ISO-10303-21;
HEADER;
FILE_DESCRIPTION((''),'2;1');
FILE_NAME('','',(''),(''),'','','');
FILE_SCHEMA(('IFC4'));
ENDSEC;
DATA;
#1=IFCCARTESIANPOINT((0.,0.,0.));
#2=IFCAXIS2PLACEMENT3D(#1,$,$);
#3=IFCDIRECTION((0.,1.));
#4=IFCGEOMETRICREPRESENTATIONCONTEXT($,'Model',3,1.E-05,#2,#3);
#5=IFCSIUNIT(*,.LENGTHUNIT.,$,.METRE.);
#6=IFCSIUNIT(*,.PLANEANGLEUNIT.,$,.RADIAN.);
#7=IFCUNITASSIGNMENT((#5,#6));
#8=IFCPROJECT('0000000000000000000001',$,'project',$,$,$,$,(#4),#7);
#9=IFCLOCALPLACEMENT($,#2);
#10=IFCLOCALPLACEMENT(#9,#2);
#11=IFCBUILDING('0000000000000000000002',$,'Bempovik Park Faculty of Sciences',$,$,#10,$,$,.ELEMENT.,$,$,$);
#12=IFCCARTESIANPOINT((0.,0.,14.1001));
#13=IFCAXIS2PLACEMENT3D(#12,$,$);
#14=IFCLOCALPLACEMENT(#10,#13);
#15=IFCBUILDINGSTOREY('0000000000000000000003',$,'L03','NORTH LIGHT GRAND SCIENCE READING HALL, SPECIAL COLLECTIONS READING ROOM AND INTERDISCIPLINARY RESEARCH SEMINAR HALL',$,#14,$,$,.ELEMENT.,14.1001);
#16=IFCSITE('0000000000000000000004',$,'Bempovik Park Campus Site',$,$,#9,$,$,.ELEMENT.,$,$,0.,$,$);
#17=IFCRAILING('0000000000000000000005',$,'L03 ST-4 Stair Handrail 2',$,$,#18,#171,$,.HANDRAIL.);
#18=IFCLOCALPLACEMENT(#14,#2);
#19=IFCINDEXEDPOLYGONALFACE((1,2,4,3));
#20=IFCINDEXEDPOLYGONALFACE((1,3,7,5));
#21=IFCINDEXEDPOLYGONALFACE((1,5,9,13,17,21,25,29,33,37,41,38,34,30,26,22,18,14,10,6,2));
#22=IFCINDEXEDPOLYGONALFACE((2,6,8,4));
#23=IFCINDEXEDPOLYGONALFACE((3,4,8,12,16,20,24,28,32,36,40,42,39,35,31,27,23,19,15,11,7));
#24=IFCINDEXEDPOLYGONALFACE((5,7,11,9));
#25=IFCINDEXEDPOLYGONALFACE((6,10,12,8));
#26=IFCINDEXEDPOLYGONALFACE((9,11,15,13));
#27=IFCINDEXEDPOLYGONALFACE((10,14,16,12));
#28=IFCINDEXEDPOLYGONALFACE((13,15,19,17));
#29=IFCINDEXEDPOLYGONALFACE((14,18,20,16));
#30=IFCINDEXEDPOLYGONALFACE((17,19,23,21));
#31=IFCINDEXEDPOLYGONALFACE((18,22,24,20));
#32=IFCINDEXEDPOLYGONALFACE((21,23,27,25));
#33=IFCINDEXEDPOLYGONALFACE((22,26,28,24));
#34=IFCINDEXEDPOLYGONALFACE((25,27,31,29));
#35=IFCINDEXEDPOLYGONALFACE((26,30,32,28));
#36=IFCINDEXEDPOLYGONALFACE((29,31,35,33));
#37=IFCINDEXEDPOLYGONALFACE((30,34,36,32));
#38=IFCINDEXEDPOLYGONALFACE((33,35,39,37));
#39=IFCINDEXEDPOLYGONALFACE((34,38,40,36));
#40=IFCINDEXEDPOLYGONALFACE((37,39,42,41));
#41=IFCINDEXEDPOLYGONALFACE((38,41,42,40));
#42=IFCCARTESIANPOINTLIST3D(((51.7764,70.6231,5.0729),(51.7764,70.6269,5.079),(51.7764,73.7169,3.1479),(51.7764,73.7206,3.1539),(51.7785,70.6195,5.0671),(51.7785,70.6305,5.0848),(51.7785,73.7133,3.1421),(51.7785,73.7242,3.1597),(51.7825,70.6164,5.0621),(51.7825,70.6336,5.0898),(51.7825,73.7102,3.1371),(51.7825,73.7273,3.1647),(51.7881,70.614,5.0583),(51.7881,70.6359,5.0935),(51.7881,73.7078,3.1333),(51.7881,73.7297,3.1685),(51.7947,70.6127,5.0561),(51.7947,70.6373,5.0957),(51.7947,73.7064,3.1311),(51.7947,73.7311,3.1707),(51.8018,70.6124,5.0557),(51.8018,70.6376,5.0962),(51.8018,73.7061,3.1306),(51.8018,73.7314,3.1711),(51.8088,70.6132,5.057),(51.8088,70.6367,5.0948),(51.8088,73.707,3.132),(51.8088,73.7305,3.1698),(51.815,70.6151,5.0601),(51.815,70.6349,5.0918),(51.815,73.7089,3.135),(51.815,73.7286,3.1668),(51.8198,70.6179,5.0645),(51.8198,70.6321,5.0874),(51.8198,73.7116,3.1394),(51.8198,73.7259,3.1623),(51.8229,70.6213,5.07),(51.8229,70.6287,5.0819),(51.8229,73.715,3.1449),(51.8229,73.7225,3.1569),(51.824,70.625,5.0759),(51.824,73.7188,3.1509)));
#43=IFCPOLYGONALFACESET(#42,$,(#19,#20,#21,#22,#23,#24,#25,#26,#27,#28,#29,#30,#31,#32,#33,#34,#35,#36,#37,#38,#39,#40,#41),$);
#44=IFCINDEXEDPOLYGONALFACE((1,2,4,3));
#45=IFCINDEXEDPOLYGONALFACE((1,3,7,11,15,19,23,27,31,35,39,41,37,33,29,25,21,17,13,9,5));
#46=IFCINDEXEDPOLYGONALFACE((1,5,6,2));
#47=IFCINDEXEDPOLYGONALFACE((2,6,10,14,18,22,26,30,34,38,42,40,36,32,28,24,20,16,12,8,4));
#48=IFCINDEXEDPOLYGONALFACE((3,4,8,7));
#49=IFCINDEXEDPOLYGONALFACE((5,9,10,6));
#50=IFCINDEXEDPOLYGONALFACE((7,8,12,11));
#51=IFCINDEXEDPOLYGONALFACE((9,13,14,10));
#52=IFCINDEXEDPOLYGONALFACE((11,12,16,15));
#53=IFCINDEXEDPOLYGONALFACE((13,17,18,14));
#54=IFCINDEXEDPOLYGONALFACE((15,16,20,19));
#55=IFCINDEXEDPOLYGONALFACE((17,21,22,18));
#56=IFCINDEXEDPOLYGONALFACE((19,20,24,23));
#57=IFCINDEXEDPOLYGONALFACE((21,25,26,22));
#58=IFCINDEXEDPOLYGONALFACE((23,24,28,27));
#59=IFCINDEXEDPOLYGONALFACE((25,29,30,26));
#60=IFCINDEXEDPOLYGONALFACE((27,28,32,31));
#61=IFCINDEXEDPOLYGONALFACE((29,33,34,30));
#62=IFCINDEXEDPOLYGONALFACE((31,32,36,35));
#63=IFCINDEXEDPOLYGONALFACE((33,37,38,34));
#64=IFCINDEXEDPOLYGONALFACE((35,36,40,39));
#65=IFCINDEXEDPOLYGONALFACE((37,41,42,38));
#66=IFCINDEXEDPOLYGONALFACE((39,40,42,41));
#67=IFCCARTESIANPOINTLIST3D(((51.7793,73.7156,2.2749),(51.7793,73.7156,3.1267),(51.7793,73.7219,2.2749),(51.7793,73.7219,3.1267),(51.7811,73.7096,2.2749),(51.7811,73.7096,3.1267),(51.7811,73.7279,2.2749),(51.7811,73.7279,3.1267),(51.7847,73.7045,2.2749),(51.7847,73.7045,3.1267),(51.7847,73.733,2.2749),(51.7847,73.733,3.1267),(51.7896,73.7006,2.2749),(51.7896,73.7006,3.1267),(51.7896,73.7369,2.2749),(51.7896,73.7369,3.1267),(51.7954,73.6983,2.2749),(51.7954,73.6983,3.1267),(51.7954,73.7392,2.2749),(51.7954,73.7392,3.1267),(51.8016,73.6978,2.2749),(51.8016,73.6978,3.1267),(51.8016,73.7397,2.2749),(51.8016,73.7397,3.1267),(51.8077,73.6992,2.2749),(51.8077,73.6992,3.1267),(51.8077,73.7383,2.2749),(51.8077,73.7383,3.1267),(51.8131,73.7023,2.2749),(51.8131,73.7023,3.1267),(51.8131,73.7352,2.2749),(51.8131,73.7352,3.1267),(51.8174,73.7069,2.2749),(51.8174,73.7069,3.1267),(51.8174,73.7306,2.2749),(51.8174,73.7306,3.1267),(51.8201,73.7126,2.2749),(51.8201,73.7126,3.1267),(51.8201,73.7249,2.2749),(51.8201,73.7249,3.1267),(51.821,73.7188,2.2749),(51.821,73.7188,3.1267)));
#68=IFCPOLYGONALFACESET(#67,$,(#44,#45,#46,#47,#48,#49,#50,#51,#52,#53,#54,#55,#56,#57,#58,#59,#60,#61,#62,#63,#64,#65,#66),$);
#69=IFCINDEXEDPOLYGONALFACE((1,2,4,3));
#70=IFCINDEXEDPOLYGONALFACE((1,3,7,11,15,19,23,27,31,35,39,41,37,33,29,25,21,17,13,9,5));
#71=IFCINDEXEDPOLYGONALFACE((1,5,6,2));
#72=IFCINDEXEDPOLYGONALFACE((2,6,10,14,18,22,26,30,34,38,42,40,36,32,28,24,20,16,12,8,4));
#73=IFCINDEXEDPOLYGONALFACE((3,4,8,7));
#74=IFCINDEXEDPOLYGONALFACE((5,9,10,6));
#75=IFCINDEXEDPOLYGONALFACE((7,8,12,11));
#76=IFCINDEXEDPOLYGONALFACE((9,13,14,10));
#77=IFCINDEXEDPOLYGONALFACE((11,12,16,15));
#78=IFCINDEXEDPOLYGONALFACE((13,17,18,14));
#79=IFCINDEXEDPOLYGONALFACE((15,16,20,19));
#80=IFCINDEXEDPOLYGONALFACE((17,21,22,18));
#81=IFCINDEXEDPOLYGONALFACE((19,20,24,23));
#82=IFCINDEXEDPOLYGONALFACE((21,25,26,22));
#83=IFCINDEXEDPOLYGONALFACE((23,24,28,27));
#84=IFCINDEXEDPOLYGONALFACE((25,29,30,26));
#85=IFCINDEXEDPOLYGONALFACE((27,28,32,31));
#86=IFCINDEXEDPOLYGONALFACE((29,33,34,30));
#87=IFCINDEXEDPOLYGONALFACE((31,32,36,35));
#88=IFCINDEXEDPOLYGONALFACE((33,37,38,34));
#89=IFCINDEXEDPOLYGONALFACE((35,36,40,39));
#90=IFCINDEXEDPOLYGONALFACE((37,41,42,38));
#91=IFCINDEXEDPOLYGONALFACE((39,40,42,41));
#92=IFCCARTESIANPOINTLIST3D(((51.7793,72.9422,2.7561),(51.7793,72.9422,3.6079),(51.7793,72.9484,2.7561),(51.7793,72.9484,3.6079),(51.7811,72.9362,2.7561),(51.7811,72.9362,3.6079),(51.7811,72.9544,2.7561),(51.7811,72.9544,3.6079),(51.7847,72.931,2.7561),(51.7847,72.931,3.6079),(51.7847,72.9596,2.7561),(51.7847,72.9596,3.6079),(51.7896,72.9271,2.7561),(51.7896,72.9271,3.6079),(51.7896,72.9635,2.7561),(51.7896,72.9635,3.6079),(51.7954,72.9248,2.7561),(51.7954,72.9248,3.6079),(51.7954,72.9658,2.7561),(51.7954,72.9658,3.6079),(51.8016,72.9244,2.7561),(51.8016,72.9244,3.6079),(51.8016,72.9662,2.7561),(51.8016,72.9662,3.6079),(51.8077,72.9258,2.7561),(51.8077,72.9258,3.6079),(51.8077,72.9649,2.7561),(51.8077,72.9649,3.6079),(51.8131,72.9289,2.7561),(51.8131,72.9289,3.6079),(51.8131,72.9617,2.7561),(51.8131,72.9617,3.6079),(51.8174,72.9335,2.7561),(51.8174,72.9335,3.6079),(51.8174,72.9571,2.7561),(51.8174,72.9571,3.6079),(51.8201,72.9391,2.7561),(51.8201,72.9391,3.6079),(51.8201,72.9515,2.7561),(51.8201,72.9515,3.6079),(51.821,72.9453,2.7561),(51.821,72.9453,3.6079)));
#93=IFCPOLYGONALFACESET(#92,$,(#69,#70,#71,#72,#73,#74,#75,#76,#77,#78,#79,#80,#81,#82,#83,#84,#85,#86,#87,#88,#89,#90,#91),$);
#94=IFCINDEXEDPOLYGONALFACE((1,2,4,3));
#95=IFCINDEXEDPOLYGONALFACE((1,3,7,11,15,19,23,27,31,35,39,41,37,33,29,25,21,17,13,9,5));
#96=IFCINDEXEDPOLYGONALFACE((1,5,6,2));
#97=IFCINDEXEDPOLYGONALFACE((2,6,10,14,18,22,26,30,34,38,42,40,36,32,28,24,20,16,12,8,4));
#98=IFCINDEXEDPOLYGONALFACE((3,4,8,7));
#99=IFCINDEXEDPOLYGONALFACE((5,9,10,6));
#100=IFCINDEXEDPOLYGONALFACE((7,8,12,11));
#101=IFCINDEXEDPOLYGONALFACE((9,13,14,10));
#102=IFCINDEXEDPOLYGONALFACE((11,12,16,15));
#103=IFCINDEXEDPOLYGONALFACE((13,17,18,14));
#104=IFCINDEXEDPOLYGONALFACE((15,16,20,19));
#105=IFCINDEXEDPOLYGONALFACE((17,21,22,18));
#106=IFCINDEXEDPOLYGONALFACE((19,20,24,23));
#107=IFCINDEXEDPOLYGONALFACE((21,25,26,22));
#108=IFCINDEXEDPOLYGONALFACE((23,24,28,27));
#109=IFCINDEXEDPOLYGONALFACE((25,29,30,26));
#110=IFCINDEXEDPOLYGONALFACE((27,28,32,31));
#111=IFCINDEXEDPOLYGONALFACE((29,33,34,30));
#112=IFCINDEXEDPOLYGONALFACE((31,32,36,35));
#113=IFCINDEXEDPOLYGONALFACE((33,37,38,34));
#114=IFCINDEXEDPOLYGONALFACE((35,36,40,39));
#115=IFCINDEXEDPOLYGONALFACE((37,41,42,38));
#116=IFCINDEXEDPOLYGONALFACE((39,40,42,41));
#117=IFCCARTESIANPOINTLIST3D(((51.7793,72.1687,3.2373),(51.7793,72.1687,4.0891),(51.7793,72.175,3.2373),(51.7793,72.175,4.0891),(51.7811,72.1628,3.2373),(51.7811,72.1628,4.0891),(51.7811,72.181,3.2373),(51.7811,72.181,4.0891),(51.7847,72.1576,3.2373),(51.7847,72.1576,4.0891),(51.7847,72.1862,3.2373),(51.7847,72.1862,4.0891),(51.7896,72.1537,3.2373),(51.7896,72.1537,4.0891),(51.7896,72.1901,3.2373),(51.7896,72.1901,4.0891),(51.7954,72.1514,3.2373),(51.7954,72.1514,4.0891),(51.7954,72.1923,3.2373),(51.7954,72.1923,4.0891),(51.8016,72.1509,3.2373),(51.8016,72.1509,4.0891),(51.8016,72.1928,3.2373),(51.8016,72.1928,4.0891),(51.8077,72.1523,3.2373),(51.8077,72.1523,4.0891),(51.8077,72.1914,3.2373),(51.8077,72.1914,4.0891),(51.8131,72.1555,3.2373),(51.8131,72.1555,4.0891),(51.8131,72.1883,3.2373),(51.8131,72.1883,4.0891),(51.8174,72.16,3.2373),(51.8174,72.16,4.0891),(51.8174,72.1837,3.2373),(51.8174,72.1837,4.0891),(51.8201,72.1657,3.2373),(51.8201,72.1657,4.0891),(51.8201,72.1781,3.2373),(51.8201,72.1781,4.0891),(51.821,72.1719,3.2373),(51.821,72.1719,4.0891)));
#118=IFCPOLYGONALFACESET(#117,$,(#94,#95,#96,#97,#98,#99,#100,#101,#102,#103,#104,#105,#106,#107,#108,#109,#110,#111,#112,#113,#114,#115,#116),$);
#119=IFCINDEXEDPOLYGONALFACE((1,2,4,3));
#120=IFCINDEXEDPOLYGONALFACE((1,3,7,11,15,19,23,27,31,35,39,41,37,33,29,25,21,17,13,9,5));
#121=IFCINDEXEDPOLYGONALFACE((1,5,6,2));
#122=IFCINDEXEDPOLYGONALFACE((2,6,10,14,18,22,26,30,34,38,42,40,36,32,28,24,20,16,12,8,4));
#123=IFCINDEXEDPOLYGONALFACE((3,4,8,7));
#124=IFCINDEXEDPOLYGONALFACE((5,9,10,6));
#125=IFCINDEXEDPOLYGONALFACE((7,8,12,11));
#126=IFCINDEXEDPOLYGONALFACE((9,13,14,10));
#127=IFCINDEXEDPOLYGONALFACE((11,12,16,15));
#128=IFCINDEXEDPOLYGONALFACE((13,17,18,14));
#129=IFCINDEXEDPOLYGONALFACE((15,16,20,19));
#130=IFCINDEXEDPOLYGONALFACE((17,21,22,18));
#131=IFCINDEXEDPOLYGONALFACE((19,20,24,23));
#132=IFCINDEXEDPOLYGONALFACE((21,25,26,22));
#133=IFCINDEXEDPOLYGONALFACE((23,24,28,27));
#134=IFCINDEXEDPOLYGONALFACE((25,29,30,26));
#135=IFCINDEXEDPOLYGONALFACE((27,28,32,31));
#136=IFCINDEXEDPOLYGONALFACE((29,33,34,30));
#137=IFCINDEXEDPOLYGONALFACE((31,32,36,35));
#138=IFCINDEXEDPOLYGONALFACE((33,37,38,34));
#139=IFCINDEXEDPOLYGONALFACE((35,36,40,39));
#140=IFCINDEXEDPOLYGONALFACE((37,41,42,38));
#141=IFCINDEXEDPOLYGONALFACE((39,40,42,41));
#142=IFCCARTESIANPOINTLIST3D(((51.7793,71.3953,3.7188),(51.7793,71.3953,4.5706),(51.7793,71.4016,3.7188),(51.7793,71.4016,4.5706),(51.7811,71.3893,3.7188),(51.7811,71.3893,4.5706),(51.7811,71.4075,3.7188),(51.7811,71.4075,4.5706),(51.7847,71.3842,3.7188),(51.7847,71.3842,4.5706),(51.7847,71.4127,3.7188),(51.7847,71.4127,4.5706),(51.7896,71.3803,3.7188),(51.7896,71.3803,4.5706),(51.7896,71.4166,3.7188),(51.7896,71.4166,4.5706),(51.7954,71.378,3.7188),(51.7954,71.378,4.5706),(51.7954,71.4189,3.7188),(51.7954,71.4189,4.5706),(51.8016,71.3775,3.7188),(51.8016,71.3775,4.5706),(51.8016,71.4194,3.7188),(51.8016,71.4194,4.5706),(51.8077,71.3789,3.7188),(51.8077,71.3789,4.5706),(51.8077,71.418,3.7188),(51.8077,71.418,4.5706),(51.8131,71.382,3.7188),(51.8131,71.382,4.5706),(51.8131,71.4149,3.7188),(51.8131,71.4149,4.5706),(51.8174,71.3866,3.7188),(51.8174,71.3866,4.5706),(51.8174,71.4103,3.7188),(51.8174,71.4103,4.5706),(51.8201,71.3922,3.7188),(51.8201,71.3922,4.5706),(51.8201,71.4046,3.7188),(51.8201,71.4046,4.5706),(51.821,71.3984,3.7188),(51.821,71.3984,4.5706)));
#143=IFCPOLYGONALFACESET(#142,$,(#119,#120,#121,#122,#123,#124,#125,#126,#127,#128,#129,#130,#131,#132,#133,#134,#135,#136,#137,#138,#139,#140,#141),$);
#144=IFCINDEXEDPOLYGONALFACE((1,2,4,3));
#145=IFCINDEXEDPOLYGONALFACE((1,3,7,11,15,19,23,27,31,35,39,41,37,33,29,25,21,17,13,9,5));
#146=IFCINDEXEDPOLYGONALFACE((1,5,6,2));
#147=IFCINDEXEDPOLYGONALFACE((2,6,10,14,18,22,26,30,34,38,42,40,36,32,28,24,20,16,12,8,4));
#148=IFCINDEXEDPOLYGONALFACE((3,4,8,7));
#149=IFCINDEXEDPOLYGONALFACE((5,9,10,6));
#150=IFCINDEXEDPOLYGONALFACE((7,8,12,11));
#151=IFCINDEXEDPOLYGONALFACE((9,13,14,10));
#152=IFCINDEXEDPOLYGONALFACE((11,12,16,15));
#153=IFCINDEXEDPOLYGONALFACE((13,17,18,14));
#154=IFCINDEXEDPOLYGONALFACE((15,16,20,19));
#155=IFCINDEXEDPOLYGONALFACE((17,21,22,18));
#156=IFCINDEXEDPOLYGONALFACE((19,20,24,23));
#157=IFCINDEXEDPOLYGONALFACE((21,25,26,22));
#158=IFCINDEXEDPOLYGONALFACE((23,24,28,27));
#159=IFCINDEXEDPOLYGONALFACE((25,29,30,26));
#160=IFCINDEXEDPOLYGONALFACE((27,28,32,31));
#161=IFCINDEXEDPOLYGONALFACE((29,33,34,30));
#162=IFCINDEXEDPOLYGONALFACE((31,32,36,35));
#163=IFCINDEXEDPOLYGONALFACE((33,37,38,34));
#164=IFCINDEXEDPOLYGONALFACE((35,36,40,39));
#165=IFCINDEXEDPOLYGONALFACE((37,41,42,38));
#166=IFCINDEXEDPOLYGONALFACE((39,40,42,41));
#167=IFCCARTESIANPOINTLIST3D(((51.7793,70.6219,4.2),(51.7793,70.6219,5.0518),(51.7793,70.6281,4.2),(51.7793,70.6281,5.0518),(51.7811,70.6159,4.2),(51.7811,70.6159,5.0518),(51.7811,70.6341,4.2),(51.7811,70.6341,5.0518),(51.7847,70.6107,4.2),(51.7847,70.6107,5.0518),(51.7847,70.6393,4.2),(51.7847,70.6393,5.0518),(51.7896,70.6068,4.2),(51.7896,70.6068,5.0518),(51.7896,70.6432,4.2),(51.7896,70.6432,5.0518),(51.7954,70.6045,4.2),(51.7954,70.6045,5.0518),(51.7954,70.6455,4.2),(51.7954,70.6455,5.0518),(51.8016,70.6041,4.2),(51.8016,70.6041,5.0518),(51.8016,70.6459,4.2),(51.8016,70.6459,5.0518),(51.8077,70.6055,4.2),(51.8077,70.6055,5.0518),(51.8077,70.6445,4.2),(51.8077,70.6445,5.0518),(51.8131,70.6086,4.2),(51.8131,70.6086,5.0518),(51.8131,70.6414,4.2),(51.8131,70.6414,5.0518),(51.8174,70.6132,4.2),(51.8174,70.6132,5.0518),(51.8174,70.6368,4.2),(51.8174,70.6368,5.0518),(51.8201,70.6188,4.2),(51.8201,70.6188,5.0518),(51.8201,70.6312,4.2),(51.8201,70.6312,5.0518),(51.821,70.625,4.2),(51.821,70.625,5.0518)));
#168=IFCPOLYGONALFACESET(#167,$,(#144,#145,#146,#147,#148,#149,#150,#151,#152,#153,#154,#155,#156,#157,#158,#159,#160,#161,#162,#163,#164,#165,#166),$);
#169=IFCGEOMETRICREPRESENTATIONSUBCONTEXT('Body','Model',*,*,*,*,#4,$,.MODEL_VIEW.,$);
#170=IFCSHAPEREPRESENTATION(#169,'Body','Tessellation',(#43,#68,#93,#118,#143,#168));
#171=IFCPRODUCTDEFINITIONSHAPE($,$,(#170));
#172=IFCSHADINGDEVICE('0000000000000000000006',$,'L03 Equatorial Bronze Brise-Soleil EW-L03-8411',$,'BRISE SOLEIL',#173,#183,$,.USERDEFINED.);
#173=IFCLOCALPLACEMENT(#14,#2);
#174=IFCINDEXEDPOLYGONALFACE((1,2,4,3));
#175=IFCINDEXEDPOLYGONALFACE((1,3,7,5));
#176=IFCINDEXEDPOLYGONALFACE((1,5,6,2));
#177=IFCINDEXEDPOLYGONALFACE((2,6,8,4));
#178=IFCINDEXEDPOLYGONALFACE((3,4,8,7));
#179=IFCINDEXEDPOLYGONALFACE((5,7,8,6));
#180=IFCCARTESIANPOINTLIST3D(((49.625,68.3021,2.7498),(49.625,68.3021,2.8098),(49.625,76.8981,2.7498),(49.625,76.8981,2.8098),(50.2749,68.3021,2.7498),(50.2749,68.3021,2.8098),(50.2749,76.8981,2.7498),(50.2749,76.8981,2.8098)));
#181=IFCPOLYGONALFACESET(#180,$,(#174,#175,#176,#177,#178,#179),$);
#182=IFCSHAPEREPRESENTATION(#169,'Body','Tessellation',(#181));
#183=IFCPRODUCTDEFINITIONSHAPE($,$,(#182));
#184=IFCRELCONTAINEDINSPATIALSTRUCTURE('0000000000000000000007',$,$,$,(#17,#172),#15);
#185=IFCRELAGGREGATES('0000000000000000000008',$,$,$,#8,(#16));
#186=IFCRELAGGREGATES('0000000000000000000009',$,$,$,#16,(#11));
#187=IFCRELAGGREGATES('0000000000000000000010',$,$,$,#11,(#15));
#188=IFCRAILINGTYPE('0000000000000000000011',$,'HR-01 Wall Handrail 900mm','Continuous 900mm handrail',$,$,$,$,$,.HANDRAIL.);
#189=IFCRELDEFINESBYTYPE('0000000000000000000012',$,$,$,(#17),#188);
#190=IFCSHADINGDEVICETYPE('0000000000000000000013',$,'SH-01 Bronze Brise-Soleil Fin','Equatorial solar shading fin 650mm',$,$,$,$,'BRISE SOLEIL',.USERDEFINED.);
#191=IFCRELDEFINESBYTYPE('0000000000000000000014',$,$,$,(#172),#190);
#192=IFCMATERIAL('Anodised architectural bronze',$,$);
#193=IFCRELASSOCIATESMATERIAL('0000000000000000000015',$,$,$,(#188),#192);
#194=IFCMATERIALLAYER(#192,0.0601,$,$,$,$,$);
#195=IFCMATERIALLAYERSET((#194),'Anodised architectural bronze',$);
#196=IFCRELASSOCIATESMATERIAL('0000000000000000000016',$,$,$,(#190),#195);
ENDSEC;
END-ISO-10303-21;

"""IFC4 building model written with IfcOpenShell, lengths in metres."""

from ifc_helpers import new_model, si_unit, direction, frame, origin, origin_2d, place, context, subcontext, project, spatial, rectangle, circle, extrude, material, layer, layer_set, type_object, element, save


model = new_model("IFC4")

# Units and contexts
model_context = context("Model", 3, precision=1e-05, world=origin(), true_north=direction((0.0, 1.0)))
body_context = subcontext(model_context, "Body", "Model", "MODEL_VIEW")
ifc_project = project(units=[si_unit("LENGTHUNIT", "METRE"), si_unit("PLANEANGLEUNIT", "RADIAN")], contexts=[model_context])

# Site, building, storey
site_placement = place(None, origin())
site = spatial("IfcSite", under=ifc_project, at=site_placement, Name="Bempovik Park Campus Site", CompositionType="ELEMENT", RefElevation=0.0)
building_placement = place(site_placement, origin())
building = spatial("IfcBuilding", under=site, at=building_placement, Name="Bempovik Park Faculty of Sciences", CompositionType="ELEMENT")
storey_placement = place(building_placement, frame((0.0, 0.0, 14.1001)))
storey = spatial("IfcBuildingStorey", under=building, at=storey_placement, Name="L03", Description="NORTH LIGHT GRAND SCIENCE READING HALL, SPECIAL COLLECTIONS READING ROOM AND INTERDISCIPLINARY RESEARCH SEMINAR HALL", CompositionType="ELEMENT", Elevation=14.1001)

# Shared definitions
ifc_material_1 = material(Name="Anodised architectural bronze")

# Railing
railing_type_1 = type_object("IfcRailingType", Name="HR-01 Wall Handrail 900mm", Description="Continuous 900mm handrail", PredefinedType="HANDRAIL", material=ifc_material_1)
railing_1_placement = place(storey_placement, frame((51.8, 73.7188, 2.2749)))
element("IfcRailing", 1, at=railing_1_placement, inside=storey, type_object=railing_type_1, Name="L03 ST-4 Stair Handrail 2", PredefinedType="HANDRAIL", context=body_context, shape_type="SweptSolid", body=[
    extrude(circle(Radius=0.0239, at=origin_2d()), frame((0.0, 0.0, 0.876), z_axis=(0.0, -0.849051, 0.528312), x_axis=(1.0, 0.0, 0.0)), (0.0, 0.0, 1.0), 3.6438),
    extrude(circle(Radius=0.021, at=origin_2d()), origin(), (0.0, 0.0, 1.0), 0.8518),
    extrude(circle(Radius=0.021, at=origin_2d()), frame((0.0, -0.7734, 0.4812)), (0.0, 0.0, 1.0), 0.8518),
    extrude(circle(Radius=0.021, at=origin_2d()), frame((0.0, -1.5469, 0.9624)), (0.0, 0.0, 1.0), 0.8518),
    extrude(circle(Radius=0.021, at=origin_2d()), frame((0.0, -2.3203, 1.4438)), (0.0, 0.0, 1.0), 0.8518),
    extrude(circle(Radius=0.021, at=origin_2d()), frame((0.0, -3.0938, 1.925)), (0.0, 0.0, 1.0), 0.8518),
])

# Shading device
ifc_layer_1 = layer(ifc_material_1, 0.0601)
ifc_layer_set_1 = layer_set([ifc_layer_1], Name="Anodised architectural bronze")
shading_device_type = type_object("IfcShadingDeviceType", Name="SH-01 Bronze Brise-Soleil Fin", Description="Equatorial solar shading fin 650mm", ElementType="BRISE SOLEIL", PredefinedType="USERDEFINED", material=ifc_layer_set_1)
shading_device_placement = place(storey_placement, frame((49.95, 72.6001, 2.7498), z_axis=(0.0, 0.0, 1.0), x_axis=(1.0, 0.0, 0.0)))
element("IfcShadingDevice", 2, at=shading_device_placement, inside=storey, type_object=shading_device_type, Name="L03 Equatorial Bronze Brise-Soleil EW-L03-8411", ObjectType="BRISE SOLEIL", PredefinedType="USERDEFINED", context=body_context, shape_type="SweptSolid", body=[
    extrude(rectangle(XDim=0.6499, YDim=8.5959, at=origin_2d()), origin(), (0.0, 0.0, 1.0), 0.0601),
])

save(model, "model.ifc")
